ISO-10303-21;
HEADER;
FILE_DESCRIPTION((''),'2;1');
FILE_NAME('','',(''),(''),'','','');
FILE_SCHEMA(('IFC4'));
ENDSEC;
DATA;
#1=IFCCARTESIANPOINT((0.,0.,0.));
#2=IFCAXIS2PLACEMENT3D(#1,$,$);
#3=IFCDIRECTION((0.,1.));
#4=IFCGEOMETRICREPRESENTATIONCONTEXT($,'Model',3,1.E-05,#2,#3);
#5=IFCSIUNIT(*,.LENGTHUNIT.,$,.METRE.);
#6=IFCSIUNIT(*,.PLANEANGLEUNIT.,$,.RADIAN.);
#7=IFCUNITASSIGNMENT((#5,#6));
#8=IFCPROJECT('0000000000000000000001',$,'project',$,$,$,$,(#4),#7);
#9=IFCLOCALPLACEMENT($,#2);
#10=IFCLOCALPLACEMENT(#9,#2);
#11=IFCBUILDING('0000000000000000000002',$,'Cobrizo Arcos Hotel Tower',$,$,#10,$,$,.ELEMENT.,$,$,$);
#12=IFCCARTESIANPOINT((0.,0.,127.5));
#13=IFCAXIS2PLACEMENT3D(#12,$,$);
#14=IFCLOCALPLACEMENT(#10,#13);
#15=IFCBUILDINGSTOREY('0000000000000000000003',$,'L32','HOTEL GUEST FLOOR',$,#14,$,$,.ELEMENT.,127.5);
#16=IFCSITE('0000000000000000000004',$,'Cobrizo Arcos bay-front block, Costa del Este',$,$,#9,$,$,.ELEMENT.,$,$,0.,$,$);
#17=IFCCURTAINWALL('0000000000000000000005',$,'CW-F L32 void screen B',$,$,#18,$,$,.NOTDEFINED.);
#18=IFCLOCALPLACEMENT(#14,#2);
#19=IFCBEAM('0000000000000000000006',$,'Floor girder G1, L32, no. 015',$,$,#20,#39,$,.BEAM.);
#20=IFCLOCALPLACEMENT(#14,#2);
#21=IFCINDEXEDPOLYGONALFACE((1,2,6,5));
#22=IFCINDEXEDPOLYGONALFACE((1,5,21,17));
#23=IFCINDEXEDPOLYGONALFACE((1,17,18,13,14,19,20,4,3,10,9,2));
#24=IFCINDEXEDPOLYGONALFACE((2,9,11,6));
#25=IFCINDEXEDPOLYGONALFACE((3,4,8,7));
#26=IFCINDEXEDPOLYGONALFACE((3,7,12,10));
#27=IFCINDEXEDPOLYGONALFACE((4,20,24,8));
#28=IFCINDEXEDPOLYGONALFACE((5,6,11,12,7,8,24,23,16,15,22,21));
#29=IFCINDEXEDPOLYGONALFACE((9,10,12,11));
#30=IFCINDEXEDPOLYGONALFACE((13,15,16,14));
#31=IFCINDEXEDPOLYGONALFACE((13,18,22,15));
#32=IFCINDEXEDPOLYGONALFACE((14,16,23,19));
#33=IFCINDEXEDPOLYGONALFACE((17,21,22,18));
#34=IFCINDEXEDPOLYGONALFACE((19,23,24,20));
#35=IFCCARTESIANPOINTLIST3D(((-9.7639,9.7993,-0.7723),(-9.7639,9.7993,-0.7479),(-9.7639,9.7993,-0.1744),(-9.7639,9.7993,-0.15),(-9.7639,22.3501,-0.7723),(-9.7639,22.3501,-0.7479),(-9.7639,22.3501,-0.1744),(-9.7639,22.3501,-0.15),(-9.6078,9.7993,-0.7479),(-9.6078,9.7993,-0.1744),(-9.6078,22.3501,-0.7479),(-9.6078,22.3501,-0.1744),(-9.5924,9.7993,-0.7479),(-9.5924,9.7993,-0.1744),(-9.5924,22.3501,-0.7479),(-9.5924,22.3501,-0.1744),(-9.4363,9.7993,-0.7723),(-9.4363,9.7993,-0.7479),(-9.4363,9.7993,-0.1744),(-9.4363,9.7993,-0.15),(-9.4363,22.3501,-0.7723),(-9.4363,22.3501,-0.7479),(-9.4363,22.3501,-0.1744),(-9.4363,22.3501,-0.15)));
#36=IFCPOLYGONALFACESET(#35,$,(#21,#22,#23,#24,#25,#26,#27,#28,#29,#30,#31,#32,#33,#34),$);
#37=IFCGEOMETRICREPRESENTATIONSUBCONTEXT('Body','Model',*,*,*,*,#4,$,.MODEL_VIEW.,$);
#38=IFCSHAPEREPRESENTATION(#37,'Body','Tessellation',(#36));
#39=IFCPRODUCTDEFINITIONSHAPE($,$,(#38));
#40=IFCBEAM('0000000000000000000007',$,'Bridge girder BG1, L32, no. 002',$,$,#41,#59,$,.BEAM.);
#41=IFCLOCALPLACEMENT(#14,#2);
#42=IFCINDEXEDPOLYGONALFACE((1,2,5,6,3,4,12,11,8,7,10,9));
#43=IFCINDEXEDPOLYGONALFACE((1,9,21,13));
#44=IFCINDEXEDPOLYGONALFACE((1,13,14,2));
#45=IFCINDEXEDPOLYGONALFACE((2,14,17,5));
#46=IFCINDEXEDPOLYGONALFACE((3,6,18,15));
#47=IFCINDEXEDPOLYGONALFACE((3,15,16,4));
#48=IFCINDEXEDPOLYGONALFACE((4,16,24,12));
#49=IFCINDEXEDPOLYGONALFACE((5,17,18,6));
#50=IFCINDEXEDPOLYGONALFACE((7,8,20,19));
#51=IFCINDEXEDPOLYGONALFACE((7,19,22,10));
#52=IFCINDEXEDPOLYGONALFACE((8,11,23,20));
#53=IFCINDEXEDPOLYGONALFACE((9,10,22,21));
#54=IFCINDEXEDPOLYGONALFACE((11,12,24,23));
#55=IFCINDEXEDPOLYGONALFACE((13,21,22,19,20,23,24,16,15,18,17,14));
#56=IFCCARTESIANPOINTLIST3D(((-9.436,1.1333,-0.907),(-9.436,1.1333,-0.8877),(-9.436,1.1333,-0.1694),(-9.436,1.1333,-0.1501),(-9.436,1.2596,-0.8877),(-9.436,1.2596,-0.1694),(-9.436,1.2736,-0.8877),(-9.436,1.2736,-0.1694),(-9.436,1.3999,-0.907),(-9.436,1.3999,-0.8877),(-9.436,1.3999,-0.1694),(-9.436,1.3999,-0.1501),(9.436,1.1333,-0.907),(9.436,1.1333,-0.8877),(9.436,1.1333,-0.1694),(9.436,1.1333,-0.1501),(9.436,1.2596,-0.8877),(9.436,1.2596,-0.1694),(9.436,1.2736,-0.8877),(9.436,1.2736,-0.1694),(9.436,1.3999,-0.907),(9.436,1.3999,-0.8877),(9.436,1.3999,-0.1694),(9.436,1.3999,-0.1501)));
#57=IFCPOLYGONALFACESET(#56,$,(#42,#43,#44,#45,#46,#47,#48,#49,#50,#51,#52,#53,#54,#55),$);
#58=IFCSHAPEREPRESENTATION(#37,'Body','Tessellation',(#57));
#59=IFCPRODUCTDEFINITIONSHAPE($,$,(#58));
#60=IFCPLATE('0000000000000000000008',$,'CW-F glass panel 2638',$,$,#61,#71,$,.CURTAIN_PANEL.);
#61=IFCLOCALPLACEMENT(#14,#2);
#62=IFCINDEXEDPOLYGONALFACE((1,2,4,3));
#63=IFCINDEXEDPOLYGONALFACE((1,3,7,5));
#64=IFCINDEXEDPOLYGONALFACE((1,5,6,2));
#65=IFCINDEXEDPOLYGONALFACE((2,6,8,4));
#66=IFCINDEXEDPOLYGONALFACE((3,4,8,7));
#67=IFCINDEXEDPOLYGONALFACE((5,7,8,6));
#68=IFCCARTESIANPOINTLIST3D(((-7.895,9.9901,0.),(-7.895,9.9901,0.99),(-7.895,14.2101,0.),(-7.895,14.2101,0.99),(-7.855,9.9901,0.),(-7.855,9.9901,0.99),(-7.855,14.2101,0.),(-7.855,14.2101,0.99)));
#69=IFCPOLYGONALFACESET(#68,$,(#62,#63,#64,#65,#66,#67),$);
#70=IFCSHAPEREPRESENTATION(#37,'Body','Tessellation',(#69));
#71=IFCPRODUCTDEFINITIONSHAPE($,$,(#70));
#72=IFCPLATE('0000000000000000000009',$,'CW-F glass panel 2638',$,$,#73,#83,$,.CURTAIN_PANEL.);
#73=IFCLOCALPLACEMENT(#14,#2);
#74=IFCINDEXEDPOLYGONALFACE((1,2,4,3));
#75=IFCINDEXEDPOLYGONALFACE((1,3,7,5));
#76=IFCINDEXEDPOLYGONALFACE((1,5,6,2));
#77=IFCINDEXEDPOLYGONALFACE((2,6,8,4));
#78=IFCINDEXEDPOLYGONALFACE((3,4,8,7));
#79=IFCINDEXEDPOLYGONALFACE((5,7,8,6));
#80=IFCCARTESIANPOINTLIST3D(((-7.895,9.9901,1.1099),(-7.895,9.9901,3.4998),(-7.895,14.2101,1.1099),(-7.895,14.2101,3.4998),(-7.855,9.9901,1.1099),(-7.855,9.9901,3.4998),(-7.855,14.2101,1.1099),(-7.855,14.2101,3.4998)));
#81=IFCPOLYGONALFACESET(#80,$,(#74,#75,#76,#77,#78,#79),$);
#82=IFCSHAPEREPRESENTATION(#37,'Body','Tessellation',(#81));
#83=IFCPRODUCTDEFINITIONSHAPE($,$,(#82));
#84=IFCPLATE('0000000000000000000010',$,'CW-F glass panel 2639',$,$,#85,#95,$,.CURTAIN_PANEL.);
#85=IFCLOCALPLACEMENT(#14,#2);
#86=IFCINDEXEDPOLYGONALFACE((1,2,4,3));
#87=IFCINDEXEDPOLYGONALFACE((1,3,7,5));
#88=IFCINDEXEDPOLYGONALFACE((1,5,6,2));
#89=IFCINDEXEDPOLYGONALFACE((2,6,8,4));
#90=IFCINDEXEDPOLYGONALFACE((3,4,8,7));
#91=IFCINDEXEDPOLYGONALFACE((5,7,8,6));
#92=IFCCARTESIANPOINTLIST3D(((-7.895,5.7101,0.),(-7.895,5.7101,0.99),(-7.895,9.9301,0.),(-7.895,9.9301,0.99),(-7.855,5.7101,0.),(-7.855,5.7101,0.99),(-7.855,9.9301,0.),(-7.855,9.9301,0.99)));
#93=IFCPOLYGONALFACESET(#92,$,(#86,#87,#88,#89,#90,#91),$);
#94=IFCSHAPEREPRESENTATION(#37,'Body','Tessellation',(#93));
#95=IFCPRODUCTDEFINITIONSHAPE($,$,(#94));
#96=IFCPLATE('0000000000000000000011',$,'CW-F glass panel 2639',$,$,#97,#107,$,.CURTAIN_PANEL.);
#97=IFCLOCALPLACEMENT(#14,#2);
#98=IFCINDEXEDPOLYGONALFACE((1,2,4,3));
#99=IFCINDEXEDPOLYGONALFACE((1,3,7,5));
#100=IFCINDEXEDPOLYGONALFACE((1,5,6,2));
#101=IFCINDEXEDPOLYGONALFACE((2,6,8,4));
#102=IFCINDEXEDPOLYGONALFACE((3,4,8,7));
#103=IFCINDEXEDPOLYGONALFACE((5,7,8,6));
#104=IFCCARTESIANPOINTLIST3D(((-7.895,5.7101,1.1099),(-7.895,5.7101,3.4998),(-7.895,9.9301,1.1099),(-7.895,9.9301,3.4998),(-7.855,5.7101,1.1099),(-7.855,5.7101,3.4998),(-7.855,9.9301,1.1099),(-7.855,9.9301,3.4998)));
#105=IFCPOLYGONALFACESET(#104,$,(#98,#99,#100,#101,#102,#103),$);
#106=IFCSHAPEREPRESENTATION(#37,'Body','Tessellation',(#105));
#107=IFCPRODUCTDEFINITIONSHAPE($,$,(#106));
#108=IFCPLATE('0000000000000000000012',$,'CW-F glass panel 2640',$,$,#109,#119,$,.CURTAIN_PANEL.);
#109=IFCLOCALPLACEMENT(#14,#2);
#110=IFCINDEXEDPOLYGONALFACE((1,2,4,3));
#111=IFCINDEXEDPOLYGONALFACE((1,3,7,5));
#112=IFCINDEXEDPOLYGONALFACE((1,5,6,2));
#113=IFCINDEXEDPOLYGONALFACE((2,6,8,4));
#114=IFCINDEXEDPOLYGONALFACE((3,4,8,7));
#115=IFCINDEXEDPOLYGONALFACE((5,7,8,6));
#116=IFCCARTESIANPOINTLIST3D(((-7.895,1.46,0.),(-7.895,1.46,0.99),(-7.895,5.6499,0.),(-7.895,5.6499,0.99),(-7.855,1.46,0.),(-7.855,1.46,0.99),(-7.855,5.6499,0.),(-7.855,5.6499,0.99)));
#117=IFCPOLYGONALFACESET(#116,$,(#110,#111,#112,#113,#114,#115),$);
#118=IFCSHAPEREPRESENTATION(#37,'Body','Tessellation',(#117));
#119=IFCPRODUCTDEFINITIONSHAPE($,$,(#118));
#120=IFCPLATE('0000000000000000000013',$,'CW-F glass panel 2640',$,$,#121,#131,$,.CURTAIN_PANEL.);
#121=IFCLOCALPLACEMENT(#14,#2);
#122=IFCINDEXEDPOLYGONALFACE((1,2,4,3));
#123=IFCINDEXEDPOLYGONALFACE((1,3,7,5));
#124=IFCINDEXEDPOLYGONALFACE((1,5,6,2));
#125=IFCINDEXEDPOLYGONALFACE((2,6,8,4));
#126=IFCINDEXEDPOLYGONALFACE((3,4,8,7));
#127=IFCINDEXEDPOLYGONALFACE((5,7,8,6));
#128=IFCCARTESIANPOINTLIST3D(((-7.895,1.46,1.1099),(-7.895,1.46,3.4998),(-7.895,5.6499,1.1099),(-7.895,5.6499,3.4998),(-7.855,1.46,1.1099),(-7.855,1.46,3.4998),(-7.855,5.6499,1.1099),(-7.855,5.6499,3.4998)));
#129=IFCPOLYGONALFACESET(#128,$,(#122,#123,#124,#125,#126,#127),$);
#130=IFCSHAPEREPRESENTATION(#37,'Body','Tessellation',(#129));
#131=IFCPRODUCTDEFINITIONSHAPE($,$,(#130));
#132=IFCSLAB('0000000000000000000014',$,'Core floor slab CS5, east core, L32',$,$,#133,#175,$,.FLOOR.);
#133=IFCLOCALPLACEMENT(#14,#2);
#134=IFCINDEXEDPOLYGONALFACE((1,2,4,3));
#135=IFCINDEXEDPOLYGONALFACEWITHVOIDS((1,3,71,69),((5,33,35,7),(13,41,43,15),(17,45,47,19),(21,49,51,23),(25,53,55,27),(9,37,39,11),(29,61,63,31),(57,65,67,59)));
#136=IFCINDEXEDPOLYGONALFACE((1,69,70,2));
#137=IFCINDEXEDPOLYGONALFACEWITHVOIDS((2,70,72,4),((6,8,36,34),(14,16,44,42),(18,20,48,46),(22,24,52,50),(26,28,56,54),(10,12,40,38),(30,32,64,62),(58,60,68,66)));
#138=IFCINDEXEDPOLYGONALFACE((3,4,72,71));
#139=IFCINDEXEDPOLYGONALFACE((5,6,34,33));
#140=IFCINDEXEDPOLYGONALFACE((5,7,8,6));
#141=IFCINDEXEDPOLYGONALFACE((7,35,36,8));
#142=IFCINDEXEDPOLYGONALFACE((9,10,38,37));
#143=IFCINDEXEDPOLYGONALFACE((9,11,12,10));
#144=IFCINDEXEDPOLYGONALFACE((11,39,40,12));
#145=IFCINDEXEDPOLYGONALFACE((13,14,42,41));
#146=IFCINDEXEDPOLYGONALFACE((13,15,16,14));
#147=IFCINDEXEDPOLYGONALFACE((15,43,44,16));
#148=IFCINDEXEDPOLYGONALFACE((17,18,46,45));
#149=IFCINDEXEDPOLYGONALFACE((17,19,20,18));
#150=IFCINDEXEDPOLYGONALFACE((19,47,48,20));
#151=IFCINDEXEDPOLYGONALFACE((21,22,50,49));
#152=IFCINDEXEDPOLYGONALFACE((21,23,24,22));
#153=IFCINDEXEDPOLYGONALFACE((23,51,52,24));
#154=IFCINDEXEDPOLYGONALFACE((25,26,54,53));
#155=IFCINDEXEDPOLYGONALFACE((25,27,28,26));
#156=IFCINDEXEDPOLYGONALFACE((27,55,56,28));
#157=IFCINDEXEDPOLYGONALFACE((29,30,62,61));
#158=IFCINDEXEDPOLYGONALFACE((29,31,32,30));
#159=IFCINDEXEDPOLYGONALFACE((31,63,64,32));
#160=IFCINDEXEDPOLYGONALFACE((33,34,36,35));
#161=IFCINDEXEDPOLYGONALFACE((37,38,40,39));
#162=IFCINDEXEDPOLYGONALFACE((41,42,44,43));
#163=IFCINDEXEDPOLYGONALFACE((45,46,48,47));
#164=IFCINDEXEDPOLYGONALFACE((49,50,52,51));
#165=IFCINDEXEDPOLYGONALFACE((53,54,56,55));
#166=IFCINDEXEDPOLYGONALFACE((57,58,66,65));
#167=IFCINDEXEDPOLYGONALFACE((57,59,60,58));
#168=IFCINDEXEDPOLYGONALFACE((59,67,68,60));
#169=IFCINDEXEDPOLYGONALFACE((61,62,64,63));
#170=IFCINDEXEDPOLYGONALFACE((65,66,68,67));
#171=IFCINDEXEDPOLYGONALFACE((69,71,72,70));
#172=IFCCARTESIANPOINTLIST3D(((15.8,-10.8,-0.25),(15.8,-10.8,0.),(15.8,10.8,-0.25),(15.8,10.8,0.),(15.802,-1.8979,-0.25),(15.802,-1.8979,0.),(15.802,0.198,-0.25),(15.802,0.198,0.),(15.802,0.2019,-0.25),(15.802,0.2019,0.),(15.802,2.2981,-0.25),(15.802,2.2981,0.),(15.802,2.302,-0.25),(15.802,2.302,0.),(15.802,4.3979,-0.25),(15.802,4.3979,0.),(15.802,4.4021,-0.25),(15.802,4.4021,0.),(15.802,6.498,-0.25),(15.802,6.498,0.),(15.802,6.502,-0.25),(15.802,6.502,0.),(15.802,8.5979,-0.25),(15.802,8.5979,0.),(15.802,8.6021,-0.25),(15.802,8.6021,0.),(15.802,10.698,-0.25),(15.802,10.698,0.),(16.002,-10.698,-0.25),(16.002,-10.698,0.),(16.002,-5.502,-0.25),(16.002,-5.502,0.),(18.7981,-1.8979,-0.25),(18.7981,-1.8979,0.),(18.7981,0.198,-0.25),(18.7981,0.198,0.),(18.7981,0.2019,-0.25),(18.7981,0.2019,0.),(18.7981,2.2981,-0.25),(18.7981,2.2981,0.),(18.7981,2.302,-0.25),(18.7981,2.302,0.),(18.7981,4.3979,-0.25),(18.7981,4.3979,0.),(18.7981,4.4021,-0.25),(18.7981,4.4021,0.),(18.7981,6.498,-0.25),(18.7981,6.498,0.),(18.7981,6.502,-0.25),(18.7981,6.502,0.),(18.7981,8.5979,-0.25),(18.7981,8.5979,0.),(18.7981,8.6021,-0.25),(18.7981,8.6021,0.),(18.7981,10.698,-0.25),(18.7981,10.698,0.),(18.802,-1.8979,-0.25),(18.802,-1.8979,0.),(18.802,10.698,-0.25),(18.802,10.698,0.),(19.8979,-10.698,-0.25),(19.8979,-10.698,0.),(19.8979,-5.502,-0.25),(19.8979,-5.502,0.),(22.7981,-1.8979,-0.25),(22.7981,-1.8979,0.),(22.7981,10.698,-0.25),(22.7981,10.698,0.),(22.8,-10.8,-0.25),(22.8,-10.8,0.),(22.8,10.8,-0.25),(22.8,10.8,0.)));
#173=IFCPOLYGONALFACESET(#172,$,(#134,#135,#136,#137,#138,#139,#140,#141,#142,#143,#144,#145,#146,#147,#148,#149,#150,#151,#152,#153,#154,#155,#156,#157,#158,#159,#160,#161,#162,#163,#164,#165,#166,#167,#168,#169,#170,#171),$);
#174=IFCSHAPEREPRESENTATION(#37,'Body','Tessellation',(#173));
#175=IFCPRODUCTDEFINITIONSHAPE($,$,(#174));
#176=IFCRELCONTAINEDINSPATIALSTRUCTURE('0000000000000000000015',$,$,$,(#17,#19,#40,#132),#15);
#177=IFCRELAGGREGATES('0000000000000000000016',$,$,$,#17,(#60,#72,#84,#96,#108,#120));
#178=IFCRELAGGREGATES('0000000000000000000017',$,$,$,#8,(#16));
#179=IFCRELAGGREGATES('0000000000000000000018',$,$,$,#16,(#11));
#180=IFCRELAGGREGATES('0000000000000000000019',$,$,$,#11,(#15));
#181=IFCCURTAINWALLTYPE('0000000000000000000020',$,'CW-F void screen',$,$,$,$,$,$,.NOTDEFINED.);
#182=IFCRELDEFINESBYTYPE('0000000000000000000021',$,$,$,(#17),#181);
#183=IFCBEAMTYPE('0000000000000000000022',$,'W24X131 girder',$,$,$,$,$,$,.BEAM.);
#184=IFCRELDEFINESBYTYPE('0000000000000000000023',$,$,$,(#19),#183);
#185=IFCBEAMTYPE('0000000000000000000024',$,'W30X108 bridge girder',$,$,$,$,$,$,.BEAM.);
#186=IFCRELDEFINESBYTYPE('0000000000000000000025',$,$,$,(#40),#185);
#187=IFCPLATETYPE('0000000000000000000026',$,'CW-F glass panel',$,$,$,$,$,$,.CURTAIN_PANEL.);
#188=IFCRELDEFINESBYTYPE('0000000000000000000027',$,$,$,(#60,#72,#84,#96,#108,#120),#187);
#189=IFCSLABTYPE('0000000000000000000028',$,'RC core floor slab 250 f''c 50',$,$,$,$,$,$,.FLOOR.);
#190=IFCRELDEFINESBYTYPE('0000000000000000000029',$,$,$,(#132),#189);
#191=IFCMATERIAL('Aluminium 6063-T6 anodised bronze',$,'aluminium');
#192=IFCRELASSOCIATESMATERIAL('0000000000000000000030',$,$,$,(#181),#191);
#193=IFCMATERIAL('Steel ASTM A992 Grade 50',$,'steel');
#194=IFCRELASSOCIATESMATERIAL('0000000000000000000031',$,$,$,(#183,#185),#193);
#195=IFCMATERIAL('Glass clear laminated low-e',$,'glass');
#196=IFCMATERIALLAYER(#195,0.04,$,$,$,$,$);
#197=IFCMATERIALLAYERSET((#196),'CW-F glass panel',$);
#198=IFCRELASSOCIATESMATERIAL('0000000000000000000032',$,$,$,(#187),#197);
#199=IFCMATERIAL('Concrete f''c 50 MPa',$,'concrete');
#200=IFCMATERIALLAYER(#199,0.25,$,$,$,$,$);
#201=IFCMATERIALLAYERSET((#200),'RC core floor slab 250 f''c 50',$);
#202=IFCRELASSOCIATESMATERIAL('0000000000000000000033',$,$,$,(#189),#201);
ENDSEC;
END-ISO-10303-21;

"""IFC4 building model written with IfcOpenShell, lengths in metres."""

from ifc_helpers import new_model, si_unit, direction, frame, origin, origin_2d, place, context, subcontext, project, spatial, polyline, rectangle, i_section, outline, extrude, material, layer, layer_set, material_profile, profile_set, type_object, element, aggregate, save


model = new_model("IFC4")

# Units and contexts
model_context = context("Model", 3, precision=1e-05, world=origin(), true_north=direction((0.0, 1.0)))
body_context = subcontext(model_context, "Body", "Model", "MODEL_VIEW")
ifc_project = project(units=[si_unit("LENGTHUNIT", "METRE"), si_unit("PLANEANGLEUNIT", "RADIAN")], contexts=[model_context])

# Site, building, storey
site_placement = place(None, origin())
site = spatial("IfcSite", under=ifc_project, at=site_placement, Name="Cobrizo Arcos bay-front block, Costa del Este", CompositionType="ELEMENT", RefElevation=0.0)
building_placement = place(site_placement, origin())
building = spatial("IfcBuilding", under=site, at=building_placement, Name="Cobrizo Arcos Hotel Tower", CompositionType="ELEMENT")
storey_placement = place(building_placement, frame((0.0, 0.0, 127.5)))
storey = spatial("IfcBuildingStorey", under=building, at=storey_placement, Name="L32", Description="HOTEL GUEST FLOOR", CompositionType="ELEMENT", Elevation=127.5)

# Shared definitions
ifc_material_1 = material(Name="Steel ASTM A992 Grade 50", Category="steel")

# Curtain wall
ifc_material_2 = material(Name="Aluminium 6063-T6 anodised bronze", Category="aluminium")
curtain_wall_type = type_object("IfcCurtainWallType", Name="CW-F void screen", PredefinedType="NOTDEFINED", material=ifc_material_2)
curtain_wall_placement = place(storey_placement, origin())
curtain_wall = element("IfcCurtainWall", 1, at=curtain_wall_placement, inside=storey, type_object=curtain_wall_type, Name="CW-F L32 void screen B", PredefinedType="NOTDEFINED")

# Beams
ifc_material_profile_1 = material_profile(ifc_material_1, i_section(OverallWidth=0.3276, OverallDepth=0.6223, WebThickness=0.0154, FlangeThickness=0.0244, at=origin_2d()), Name="W24X131")
ifc_profile_set_1 = profile_set([ifc_material_profile_1], Name="Steel ASTM A992 Grade 50")
beam_type_1 = type_object("IfcBeamType", Name="W24X131 girder", PredefinedType="BEAM", material=ifc_profile_set_1)
beam_1_placement = place(storey_placement, frame((-9.6001, 9.7993, -0.4612), z_axis=(0.0, 1.0, 0.0), x_axis=(-1.0, 0.0, 0.0)))
element("IfcBeam", 2, at=beam_1_placement, inside=storey, type_object=beam_type_1, Name="Floor girder G1, L32, no. 015", PredefinedType="BEAM", context=body_context, shape_type="SweptSolid", body=[
    extrude(i_section(OverallWidth=0.3276, OverallDepth=0.6223, WebThickness=0.0154, FlangeThickness=0.0244, at=origin_2d()), origin(), (0.0, 0.0, 1.0), 12.5508),
])
ifc_material_profile_2 = material_profile(ifc_material_1, i_section(OverallWidth=0.2666, OverallDepth=0.7568, WebThickness=0.0139, FlangeThickness=0.0193, at=origin_2d()), Name="W30X108")
ifc_profile_set_2 = profile_set([ifc_material_profile_2], Name="Steel ASTM A992 Grade 50")
beam_type_2 = type_object("IfcBeamType", Name="W30X108 bridge girder", PredefinedType="BEAM", material=ifc_profile_set_2)
beam_2_placement = place(storey_placement, frame((-9.436, 1.2666, -0.5286), z_axis=(1.0, 0.0, 0.0), x_axis=(0.0, 1.0, 0.0)))
element("IfcBeam", 3, at=beam_2_placement, inside=storey, type_object=beam_type_2, Name="Bridge girder BG1, L32, no. 002", PredefinedType="BEAM", context=body_context, shape_type="SweptSolid", body=[
    extrude(i_section(OverallWidth=0.2666, OverallDepth=0.7568, WebThickness=0.0139, FlangeThickness=0.0193, at=origin_2d()), origin(), (0.0, 0.0, 1.0), 18.8721),
])

# Plates
ifc_material_3 = material(Name="Glass clear laminated low-e", Category="glass")
ifc_layer_1 = layer(ifc_material_3, 0.04)
ifc_layer_set_1 = layer_set([ifc_layer_1], Name="CW-F glass panel")
plate_type = type_object("IfcPlateType", Name="CW-F glass panel", PredefinedType="CURTAIN_PANEL", material=ifc_layer_set_1)
plate_1_placement = place(storey_placement, frame((-7.875, 12.1001, 0.0), z_axis=(0.0, 0.0, 1.0), x_axis=(0.0, -1.0, 0.0)))
plate_1 = element("IfcPlate", 4, at=plate_1_placement, type_object=plate_type, Name="CW-F glass panel 2638", PredefinedType="CURTAIN_PANEL", context=body_context, shape_type="SweptSolid", body=[
    extrude(rectangle(XDim=4.22, YDim=0.04, at=origin_2d()), origin(), (0.0, 0.0, 1.0), 0.99),
])
plate_2_placement = place(storey_placement, frame((-7.875, 12.1001, 1.1099), z_axis=(0.0, 0.0, 1.0), x_axis=(0.0, -1.0, 0.0)))
plate_2 = element("IfcPlate", 5, at=plate_2_placement, type_object=plate_type, Name="CW-F glass panel 2638", PredefinedType="CURTAIN_PANEL", context=body_context, shape_type="SweptSolid", body=[
    extrude(rectangle(XDim=4.22, YDim=0.04, at=origin_2d()), origin(), (0.0, 0.0, 1.0), 2.3899),
])
plate_3_placement = place(storey_placement, frame((-7.875, 7.8201, 0.0), z_axis=(0.0, 0.0, 1.0), x_axis=(0.0, -1.0, 0.0)))
plate_3 = element("IfcPlate", 6, at=plate_3_placement, type_object=plate_type, Name="CW-F glass panel 2639", PredefinedType="CURTAIN_PANEL", context=body_context, shape_type="SweptSolid", body=[
    extrude(rectangle(XDim=4.22, YDim=0.04, at=origin_2d()), origin(), (0.0, 0.0, 1.0), 0.99),
])
plate_4_placement = place(storey_placement, frame((-7.875, 7.8201, 1.1099), z_axis=(0.0, 0.0, 1.0), x_axis=(0.0, -1.0, 0.0)))
plate_4 = element("IfcPlate", 7, at=plate_4_placement, type_object=plate_type, Name="CW-F glass panel 2639", PredefinedType="CURTAIN_PANEL", context=body_context, shape_type="SweptSolid", body=[
    extrude(rectangle(XDim=4.22, YDim=0.04, at=origin_2d()), origin(), (0.0, 0.0, 1.0), 2.3899),
])
plate_5_placement = place(storey_placement, frame((-7.875, 3.5549, 0.0), z_axis=(0.0, 0.0, 1.0), x_axis=(0.0, -1.0, 0.0)))
plate_5 = element("IfcPlate", 8, at=plate_5_placement, type_object=plate_type, Name="CW-F glass panel 2640", PredefinedType="CURTAIN_PANEL", context=body_context, shape_type="SweptSolid", body=[
    extrude(rectangle(XDim=4.1899, YDim=0.04, at=origin_2d()), origin(), (0.0, 0.0, 1.0), 0.99),
])
plate_6_placement = place(storey_placement, frame((-7.875, 3.5549, 1.1099), z_axis=(0.0, 0.0, 1.0), x_axis=(0.0, -1.0, 0.0)))
plate_6 = element("IfcPlate", 9, at=plate_6_placement, type_object=plate_type, Name="CW-F glass panel 2640", PredefinedType="CURTAIN_PANEL", context=body_context, shape_type="SweptSolid", body=[
    extrude(rectangle(XDim=4.1899, YDim=0.04, at=origin_2d()), origin(), (0.0, 0.0, 1.0), 2.3899),
])
aggregate(curtain_wall, [plate_1, plate_2, plate_3, plate_4, plate_5, plate_6])

# Slab
ifc_material_4 = material(Name="Concrete f'c 50 MPa", Category="concrete")
ifc_layer_2 = layer(ifc_material_4, 0.25)
ifc_layer_set_2 = layer_set([ifc_layer_2], Name="RC core floor slab 250 f'c 50")
slab_type = type_object("IfcSlabType", Name="RC core floor slab 250 f'c 50", PredefinedType="FLOOR", material=ifc_layer_set_2)
slab_placement = place(storey_placement, frame((0.0, 0.0, -0.25)))
element("IfcSlab", 10, at=slab_placement, inside=storey, type_object=slab_type, Name="Core floor slab CS5, east core, L32", PredefinedType="FLOOR", context=body_context, shape_type="SweptSolid", body=[
    extrude(outline(polyline([(15.8, 10.8), (22.8, 10.8), (22.8, -10.8), (15.8, -10.8), (15.8, 10.8)]), holes=[polyline([(19.8979, -10.698), (19.8979, -5.502), (16.002, -5.502), (16.002, -10.698), (19.8979, -10.698)]), polyline([(15.802, 0.198), (15.802, -1.8979), (18.7981, -1.8979), (18.7981, 0.198), (15.802, 0.198)]), polyline([(18.7981, 2.2981), (15.802, 2.2981), (15.802, 0.2019), (18.7981, 0.2019), (18.7981, 2.2981)]), polyline([(18.7981, 4.3979), (15.802, 4.3979), (15.802, 2.302), (18.7981, 2.302), (18.7981, 4.3979)]), polyline([(22.7981, 10.698), (18.802, 10.698), (18.802, -1.8979), (22.7981, -1.8979), (22.7981, 10.698)]), polyline([(18.7981, 6.498), (15.802, 6.498), (15.802, 4.4021), (18.7981, 4.4021), (18.7981, 6.498)]), polyline([(18.7981, 8.5979), (15.802, 8.5979), (15.802, 6.502), (18.7981, 6.502), (18.7981, 8.5979)]), polyline([(18.7981, 10.698), (15.802, 10.698), (15.802, 8.6021), (18.7981, 8.6021), (18.7981, 10.698)])]), origin(), (0.0, 0.0, 1.0), 0.25),
])

save(model, "model.ifc")
